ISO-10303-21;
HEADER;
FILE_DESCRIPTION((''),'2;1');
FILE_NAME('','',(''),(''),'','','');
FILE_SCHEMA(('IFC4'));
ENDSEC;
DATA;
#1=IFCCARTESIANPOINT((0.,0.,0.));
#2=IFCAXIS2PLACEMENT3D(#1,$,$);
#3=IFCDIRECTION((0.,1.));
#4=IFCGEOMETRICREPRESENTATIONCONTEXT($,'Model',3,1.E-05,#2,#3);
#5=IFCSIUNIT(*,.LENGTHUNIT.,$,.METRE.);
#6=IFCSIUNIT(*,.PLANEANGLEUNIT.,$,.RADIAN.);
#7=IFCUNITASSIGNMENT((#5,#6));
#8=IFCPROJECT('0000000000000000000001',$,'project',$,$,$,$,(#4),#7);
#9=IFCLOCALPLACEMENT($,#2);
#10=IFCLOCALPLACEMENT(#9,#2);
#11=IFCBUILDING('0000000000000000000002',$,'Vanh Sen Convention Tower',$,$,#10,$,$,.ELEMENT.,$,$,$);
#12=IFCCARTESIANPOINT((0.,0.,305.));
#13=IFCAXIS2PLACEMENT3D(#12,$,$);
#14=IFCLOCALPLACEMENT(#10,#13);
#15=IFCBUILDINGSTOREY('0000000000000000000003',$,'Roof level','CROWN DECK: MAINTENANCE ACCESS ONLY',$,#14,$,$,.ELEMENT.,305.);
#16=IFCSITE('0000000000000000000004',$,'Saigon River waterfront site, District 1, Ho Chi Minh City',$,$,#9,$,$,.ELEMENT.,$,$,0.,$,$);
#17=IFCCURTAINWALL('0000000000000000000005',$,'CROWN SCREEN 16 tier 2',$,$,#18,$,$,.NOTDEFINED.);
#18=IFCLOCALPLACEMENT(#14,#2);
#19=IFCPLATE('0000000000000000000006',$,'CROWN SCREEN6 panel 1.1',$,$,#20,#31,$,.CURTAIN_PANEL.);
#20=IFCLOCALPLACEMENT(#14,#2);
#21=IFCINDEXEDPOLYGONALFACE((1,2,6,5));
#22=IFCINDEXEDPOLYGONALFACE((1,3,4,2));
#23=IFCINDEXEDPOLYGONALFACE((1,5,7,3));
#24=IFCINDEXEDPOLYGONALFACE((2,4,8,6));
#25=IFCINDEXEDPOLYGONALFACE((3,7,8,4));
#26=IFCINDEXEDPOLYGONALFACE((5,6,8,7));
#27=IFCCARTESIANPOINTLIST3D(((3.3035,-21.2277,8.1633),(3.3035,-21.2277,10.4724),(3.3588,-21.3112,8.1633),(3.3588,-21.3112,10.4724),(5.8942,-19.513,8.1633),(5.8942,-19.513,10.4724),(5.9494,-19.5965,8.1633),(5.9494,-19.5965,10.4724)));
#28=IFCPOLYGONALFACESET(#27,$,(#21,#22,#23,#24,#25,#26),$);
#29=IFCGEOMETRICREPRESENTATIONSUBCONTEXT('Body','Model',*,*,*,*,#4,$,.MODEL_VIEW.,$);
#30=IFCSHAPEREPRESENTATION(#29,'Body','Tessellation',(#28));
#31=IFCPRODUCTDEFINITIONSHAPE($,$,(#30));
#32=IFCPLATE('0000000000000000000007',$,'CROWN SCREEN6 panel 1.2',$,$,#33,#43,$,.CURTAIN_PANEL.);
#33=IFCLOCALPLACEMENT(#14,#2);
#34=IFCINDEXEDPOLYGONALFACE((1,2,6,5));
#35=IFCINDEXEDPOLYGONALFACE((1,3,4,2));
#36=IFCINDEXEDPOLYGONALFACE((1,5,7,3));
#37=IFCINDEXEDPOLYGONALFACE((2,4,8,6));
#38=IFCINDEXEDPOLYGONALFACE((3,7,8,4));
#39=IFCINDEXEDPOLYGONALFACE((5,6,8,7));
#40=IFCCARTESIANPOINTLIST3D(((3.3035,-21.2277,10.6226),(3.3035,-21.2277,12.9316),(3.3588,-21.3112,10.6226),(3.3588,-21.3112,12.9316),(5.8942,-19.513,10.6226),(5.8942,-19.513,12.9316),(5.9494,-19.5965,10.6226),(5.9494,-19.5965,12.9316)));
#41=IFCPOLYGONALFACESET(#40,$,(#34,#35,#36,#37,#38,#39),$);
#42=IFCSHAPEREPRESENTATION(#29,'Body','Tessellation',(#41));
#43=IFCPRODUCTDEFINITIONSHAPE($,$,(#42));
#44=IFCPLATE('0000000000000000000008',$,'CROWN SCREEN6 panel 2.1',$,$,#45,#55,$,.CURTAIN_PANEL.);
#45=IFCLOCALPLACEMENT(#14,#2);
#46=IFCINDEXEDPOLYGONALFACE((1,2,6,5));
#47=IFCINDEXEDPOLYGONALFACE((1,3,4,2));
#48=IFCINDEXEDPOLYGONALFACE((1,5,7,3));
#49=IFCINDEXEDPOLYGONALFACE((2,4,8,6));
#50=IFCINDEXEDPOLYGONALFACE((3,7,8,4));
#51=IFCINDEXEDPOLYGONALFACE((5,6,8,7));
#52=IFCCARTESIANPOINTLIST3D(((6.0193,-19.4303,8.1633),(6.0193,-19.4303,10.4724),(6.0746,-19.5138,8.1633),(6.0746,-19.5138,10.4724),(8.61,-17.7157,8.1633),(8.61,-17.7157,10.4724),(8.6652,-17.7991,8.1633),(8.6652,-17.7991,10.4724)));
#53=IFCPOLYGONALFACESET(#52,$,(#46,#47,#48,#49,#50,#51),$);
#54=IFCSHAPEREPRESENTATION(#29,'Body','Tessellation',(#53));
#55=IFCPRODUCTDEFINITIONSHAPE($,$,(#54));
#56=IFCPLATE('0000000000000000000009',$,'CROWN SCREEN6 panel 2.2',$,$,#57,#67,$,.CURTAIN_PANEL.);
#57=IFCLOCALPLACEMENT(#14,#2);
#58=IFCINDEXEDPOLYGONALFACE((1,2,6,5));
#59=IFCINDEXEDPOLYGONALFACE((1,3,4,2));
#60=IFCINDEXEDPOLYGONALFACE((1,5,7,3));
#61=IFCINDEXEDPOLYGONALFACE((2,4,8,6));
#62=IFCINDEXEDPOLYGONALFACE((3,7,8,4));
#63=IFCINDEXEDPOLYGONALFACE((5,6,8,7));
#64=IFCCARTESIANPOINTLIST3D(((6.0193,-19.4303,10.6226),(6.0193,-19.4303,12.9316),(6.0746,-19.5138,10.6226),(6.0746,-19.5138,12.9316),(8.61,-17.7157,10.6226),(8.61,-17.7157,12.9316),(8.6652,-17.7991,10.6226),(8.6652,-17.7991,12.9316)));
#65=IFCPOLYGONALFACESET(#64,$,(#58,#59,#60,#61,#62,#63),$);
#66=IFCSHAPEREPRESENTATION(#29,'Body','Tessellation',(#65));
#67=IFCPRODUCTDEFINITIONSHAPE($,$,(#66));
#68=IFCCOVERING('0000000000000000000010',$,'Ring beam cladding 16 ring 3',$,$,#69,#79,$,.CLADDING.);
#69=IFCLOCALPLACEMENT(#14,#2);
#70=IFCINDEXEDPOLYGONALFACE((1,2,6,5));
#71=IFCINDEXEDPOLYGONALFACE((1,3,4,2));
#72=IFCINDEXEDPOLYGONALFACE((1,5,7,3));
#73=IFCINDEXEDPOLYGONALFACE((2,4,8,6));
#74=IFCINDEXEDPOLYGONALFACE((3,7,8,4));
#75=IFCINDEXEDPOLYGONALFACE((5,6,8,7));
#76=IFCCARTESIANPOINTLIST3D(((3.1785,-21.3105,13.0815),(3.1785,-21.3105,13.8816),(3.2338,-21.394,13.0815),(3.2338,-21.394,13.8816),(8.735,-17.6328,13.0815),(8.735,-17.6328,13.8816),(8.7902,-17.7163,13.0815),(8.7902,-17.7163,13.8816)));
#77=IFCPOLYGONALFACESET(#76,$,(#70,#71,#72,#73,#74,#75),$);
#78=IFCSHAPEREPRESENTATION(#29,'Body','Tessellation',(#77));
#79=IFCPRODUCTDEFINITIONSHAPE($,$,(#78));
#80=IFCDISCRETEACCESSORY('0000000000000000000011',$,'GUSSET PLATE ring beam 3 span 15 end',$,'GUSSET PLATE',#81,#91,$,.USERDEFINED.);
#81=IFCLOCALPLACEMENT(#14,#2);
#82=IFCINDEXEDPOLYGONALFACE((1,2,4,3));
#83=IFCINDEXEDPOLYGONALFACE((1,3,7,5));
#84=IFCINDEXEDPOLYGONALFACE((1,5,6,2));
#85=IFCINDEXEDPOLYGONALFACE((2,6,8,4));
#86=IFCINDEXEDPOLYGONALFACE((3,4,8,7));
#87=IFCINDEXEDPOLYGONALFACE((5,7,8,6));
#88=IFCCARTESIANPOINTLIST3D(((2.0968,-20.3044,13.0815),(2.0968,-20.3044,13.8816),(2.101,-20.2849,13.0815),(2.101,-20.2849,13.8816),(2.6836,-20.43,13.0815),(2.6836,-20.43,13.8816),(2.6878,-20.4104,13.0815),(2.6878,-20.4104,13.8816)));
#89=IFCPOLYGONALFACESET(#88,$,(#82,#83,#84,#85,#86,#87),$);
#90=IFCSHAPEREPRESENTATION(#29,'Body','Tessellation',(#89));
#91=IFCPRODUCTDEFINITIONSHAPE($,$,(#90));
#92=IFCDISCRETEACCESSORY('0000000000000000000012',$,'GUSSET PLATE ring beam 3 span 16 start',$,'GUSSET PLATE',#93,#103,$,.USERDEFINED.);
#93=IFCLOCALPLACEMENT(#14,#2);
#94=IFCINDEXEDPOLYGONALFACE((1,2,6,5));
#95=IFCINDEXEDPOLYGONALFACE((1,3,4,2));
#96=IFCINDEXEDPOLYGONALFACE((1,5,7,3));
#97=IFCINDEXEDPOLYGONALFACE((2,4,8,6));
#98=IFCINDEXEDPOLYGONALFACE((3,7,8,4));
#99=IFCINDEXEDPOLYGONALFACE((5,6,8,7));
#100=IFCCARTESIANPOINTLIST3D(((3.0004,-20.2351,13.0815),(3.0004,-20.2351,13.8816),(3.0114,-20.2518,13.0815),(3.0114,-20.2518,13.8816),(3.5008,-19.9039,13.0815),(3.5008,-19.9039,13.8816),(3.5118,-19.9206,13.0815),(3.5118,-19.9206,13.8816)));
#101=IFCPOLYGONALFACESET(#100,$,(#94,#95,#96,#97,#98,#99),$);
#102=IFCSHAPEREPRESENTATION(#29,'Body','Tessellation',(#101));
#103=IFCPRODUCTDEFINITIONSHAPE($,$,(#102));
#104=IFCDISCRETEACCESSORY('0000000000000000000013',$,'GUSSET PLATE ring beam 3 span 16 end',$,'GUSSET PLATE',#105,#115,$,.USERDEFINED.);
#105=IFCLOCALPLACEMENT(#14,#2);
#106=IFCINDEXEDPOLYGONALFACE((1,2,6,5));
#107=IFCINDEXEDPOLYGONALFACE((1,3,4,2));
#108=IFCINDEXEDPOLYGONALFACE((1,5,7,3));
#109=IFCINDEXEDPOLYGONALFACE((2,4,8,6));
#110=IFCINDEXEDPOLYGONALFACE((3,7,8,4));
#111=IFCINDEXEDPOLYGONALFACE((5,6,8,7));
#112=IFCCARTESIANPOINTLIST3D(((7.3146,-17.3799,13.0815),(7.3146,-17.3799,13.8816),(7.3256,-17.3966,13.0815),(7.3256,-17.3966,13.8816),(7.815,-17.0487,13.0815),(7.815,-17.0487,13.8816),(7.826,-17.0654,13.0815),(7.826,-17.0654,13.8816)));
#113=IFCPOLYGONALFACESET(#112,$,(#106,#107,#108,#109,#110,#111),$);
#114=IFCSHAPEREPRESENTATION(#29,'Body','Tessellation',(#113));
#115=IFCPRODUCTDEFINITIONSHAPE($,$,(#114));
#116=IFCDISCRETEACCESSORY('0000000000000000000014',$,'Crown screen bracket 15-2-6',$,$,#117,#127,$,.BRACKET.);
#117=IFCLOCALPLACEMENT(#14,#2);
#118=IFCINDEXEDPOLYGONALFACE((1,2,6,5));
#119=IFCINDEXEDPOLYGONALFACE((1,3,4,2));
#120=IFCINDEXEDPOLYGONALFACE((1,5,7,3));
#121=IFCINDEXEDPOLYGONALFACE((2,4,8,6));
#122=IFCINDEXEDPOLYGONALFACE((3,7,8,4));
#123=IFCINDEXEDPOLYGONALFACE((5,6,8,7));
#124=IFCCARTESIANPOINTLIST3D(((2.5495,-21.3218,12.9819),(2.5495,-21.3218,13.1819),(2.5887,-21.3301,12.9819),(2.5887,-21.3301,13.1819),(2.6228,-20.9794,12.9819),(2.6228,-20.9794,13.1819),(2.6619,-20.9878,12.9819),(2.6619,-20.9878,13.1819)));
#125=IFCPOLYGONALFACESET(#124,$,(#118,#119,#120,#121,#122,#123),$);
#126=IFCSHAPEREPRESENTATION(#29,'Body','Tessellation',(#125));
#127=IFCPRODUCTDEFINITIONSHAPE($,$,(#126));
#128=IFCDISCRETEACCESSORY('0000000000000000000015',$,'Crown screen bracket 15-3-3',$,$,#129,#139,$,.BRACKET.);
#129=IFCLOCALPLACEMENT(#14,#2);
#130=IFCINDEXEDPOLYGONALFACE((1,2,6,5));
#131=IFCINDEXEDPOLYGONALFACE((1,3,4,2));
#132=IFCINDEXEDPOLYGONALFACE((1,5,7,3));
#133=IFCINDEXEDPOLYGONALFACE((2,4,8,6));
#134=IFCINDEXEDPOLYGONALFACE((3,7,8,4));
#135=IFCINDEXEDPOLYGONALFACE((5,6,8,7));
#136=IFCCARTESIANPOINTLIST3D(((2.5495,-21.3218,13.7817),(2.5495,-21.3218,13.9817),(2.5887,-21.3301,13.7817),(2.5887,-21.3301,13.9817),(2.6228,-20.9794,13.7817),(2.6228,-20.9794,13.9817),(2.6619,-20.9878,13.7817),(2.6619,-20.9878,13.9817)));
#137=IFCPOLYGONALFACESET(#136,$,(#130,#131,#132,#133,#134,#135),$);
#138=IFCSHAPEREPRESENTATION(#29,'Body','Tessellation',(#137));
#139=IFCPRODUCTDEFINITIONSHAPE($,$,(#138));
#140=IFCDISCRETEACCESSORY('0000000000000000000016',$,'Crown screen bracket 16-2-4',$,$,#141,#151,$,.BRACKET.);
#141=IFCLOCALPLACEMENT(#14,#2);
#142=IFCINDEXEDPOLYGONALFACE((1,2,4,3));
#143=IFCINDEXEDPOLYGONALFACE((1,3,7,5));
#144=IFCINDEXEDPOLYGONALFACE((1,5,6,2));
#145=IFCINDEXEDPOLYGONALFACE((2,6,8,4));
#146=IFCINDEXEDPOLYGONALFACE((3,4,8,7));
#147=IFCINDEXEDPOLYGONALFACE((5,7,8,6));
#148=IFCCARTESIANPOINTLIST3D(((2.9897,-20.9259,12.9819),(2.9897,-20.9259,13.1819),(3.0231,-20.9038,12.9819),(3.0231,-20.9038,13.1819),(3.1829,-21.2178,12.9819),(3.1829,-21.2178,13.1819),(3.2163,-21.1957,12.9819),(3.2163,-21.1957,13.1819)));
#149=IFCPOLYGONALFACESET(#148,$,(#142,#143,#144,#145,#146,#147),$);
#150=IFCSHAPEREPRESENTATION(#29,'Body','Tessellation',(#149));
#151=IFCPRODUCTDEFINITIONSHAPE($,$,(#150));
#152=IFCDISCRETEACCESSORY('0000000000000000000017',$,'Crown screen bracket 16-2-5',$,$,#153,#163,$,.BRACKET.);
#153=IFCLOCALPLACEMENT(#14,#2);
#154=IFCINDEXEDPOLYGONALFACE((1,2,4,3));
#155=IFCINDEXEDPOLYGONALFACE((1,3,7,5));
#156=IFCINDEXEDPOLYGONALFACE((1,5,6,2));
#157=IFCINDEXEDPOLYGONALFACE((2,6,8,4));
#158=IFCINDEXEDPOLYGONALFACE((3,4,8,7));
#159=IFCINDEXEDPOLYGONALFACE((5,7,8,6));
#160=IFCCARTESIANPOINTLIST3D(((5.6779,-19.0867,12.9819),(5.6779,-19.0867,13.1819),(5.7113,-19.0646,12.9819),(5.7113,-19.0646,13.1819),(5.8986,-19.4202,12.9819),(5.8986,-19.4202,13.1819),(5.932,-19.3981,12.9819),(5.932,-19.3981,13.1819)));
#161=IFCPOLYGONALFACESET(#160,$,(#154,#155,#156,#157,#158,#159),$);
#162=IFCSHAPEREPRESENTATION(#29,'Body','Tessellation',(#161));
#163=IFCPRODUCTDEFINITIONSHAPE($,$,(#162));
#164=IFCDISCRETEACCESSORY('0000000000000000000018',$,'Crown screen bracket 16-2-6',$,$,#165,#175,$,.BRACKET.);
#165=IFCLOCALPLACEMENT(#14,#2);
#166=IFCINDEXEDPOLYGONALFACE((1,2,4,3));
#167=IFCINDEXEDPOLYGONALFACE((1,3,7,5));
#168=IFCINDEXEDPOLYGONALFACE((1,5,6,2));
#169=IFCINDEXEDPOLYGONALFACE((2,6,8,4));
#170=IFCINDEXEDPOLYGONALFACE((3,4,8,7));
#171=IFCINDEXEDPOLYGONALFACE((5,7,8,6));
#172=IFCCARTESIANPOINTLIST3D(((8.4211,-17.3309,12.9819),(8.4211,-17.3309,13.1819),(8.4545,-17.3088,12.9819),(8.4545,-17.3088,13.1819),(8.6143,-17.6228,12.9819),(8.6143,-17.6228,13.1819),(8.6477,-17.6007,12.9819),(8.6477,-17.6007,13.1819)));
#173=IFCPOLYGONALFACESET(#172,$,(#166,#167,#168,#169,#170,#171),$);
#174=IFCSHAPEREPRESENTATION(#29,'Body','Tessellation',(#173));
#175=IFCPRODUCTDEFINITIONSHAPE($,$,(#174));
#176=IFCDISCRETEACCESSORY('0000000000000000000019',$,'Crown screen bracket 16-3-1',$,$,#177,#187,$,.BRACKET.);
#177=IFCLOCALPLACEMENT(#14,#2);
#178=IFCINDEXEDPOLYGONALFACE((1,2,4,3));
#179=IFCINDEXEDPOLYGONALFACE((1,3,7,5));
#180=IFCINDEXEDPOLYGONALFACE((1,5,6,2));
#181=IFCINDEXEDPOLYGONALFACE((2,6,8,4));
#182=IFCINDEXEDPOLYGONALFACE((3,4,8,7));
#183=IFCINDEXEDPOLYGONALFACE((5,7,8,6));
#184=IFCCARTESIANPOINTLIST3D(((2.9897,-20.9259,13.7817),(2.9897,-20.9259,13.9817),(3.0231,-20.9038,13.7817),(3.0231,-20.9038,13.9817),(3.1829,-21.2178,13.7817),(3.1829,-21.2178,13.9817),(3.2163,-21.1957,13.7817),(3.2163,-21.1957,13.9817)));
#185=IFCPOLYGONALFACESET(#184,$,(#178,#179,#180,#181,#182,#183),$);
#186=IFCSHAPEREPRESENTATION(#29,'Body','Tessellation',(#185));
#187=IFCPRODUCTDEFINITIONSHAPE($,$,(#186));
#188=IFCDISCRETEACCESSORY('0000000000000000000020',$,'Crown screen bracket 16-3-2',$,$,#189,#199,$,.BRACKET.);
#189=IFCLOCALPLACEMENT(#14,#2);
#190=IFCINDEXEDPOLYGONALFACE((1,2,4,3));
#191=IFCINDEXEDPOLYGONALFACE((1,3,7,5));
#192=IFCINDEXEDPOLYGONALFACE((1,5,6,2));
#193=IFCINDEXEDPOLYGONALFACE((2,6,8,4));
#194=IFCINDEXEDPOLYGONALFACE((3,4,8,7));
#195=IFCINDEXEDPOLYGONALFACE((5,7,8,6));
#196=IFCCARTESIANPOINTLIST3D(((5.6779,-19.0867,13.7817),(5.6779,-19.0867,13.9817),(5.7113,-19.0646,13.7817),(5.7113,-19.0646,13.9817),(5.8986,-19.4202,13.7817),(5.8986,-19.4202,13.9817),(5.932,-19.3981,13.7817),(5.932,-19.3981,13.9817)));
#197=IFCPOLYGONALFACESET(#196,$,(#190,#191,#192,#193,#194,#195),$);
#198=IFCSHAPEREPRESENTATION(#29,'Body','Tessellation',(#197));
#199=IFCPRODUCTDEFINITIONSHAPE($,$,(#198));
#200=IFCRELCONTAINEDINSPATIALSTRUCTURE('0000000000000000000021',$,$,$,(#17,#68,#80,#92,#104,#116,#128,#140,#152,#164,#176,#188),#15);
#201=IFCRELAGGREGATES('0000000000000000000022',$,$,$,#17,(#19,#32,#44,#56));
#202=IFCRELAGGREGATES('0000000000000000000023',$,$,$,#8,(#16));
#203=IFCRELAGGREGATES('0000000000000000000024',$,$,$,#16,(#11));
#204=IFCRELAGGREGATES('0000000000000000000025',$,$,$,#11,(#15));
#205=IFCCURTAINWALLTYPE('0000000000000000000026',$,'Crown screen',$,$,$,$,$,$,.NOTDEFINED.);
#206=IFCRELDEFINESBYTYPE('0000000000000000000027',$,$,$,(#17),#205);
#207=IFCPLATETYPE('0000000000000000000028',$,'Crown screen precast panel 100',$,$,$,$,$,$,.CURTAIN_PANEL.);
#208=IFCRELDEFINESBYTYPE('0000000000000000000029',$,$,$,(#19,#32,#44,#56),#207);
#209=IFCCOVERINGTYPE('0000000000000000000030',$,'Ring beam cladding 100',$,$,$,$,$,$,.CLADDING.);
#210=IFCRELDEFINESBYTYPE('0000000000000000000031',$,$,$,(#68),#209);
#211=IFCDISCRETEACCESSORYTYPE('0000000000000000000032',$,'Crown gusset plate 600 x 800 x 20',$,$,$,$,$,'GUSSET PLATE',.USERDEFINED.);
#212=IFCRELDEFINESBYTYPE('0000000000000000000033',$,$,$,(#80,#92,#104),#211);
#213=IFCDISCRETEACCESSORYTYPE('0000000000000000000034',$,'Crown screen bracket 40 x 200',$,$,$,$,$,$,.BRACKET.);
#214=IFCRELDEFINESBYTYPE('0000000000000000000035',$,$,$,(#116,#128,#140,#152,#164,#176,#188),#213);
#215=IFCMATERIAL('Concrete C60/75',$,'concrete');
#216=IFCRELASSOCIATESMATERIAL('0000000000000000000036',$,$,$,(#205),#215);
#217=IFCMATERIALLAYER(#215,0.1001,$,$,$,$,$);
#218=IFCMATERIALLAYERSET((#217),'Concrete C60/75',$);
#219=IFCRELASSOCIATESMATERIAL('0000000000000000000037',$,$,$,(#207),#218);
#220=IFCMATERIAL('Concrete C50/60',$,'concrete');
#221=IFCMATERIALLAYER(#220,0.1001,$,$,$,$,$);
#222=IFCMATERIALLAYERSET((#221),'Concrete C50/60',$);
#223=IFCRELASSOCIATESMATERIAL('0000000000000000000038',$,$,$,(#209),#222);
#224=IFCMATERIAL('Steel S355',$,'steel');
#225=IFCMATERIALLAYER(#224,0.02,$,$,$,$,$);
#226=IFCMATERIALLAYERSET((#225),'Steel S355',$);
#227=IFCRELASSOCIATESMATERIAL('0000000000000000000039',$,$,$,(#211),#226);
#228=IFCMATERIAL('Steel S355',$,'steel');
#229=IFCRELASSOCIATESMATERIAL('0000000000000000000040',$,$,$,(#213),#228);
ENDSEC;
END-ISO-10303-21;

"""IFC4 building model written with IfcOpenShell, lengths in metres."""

from ifc_helpers import new_model, si_unit, direction, frame, origin, origin_2d, place, context, subcontext, project, spatial, rectangle, extrude, material, layer, layer_set, type_object, element, aggregate, save


model = new_model("IFC4")

# Units and contexts
model_context = context("Model", 3, precision=1e-05, world=origin(), true_north=direction((0.0, 1.0)))
body_context = subcontext(model_context, "Body", "Model", "MODEL_VIEW")
ifc_project = project(units=[si_unit("LENGTHUNIT", "METRE"), si_unit("PLANEANGLEUNIT", "RADIAN")], contexts=[model_context])

# Site, building, storey
site_placement = place(None, origin())
site = spatial("IfcSite", under=ifc_project, at=site_placement, Name="Saigon River waterfront site, District 1, Ho Chi Minh City", CompositionType="ELEMENT", RefElevation=0.0)
building_placement = place(site_placement, origin())
building = spatial("IfcBuilding", under=site, at=building_placement, Name="Vanh Sen Convention Tower", CompositionType="ELEMENT")
storey_placement = place(building_placement, frame((0.0, 0.0, 305.0)))
storey = spatial("IfcBuildingStorey", under=building, at=storey_placement, Name="Roof level", Description="CROWN DECK: MAINTENANCE ACCESS ONLY", CompositionType="ELEMENT", Elevation=305.0)

# Shared definitions
ifc_material_1 = material(Name="Concrete C60/75", Category="concrete")
curtain_wall_type = type_object("IfcCurtainWallType", Name="Crown screen", PredefinedType="NOTDEFINED", material=ifc_material_1)

# Curtain wall, plates
curtain_wall_1_placement = place(storey_placement, origin())
curtain_wall_1 = element("IfcCurtainWall", 1, at=curtain_wall_1_placement, inside=storey, type_object=curtain_wall_type, Name="CROWN SCREEN 16 tier 2", PredefinedType="NOTDEFINED")
ifc_layer_1 = layer(ifc_material_1, 0.1001)
ifc_layer_set_1 = layer_set([ifc_layer_1], Name="Concrete C60/75")
plate_type = type_object("IfcPlateType", Name="Crown screen precast panel 100", PredefinedType="CURTAIN_PANEL", material=ifc_layer_set_1)
plate_1_placement = place(storey_placement, frame((4.6265, -20.4121, 8.1633), z_axis=(0.0, 0.0, 1.0), x_axis=(0.83389, 0.55193, 0.0)))
plate_1 = element("IfcPlate", 2, at=plate_1_placement, type_object=plate_type, Name="CROWN SCREEN6 panel 1.1", PredefinedType="CURTAIN_PANEL", context=body_context, shape_type="SweptSolid", body=[
    extrude(rectangle(XDim=3.1067, YDim=0.1001, at=origin_2d()), origin(), (0.0, 0.0, 1.0), 2.3091),
])
plate_2_placement = place(storey_placement, frame((4.6265, -20.4121, 10.6226), z_axis=(0.0, 0.0, 1.0), x_axis=(0.83389, 0.55193, 0.0)))
plate_2 = element("IfcPlate", 3, at=plate_2_placement, type_object=plate_type, Name="CROWN SCREEN6 panel 1.2", PredefinedType="CURTAIN_PANEL", context=body_context, shape_type="SweptSolid", body=[
    extrude(rectangle(XDim=3.1067, YDim=0.1001, at=origin_2d()), origin(), (0.0, 0.0, 1.0), 2.3091),
])
plate_3_placement = place(storey_placement, frame((7.3423, -18.6147, 8.1633), z_axis=(0.0, 0.0, 1.0), x_axis=(0.83389, 0.55193, 0.0)))
plate_3 = element("IfcPlate", 4, at=plate_3_placement, type_object=plate_type, Name="CROWN SCREEN6 panel 2.1", PredefinedType="CURTAIN_PANEL", context=body_context, shape_type="SweptSolid", body=[
    extrude(rectangle(XDim=3.1067, YDim=0.1001, at=origin_2d()), origin(), (0.0, 0.0, 1.0), 2.3091),
])
plate_4_placement = place(storey_placement, frame((7.3423, -18.6147, 10.6226), z_axis=(0.0, 0.0, 1.0), x_axis=(0.83389, 0.55193, 0.0)))
plate_4 = element("IfcPlate", 5, at=plate_4_placement, type_object=plate_type, Name="CROWN SCREEN6 panel 2.2", PredefinedType="CURTAIN_PANEL", context=body_context, shape_type="SweptSolid", body=[
    extrude(rectangle(XDim=3.1067, YDim=0.1001, at=origin_2d()), origin(), (0.0, 0.0, 1.0), 2.3091),
])
aggregate(curtain_wall_1, [plate_1, plate_2, plate_3, plate_4])

# Covering
ifc_material_2 = material(Name="Concrete C50/60", Category="concrete")
ifc_layer_2 = layer(ifc_material_2, 0.1001)
ifc_layer_set_2 = layer_set([ifc_layer_2], Name="Concrete C50/60")
covering_type = type_object("IfcCoveringType", Name="Ring beam cladding 100", PredefinedType="CLADDING", material=ifc_layer_set_2)
covering_placement = place(storey_placement, frame((5.9844, -19.5134, 13.0815), z_axis=(0.0, 0.0, 1.0), x_axis=(0.833891, 0.55193, 0.0)))
element("IfcCovering", 6, at=covering_placement, inside=storey, type_object=covering_type, Name="Ring beam cladding 16 ring 3", PredefinedType="CLADDING", context=body_context, shape_type="SweptSolid", body=[
    extrude(rectangle(XDim=6.6633, YDim=0.1001, at=origin_2d()), origin(), (0.0, 0.0, 1.0), 0.8),
])

# Discrete accessories
ifc_material_3 = material(Name="Steel S355", Category="steel")
ifc_layer_3 = layer(ifc_material_3, 0.02)
ifc_layer_set_3 = layer_set([ifc_layer_3], Name="Steel S355")
discrete_accessory_type_1 = type_object("IfcDiscreteAccessoryType", Name="Crown gusset plate 600 x 800 x 20", ElementType="GUSSET PLATE", PredefinedType="USERDEFINED", material=ifc_layer_set_3)
for number, where, z_axis, x_axis, name in (
    (7, (2.3923, -20.3574, 13.0815), (0.0, 0.0, 1.0), (-0.977865, 0.209236, 0.0), "GUSSET PLATE ring beam 3 span 15 end"),
    (8, (3.2561, -20.0779, 13.0815), (0.0, 0.0, 1.0), (0.833891, 0.55193, 0.0), "GUSSET PLATE ring beam 3 span 16 start"),
    (9, (7.5703, -17.2227, 13.0815), (0.0, 0.0, 1.0), (-0.833891, -0.55193, 0.0), "GUSSET PLATE ring beam 3 span 16 end"),
):
    element("IfcDiscreteAccessory", number, at=place(storey_placement, frame(where, z_axis=z_axis, x_axis=x_axis)), inside=storey, type_object=discrete_accessory_type_1, Name=name, ObjectType="GUSSET PLATE", PredefinedType="USERDEFINED", context=body_context, shape_type="SweptSolid", body=[
        extrude(rectangle(XDim=0.6001, YDim=0.02, at=origin_2d()), origin(), (0.0, 0.0, 1.0), 0.8),
    ])
ifc_material_4 = material(Name="Steel S355", Category="steel")
discrete_accessory_type_2 = type_object("IfcDiscreteAccessoryType", Name="Crown screen bracket 40 x 200", PredefinedType="BRACKET", material=ifc_material_4)
for number, where, z_axis, x_axis, name in (
    (10, (2.6057, -21.1548, 12.9819), (0.0, 0.0, 1.0), (-0.209236, -0.977865, 0.0), "Crown screen bracket 15-2-6"),
    (11, (2.6057, -21.1548, 13.7817), (0.0, 0.0, 1.0), (-0.209236, -0.977865, 0.0), "Crown screen bracket 15-3-3"),
    (12, (3.103, -21.0608, 12.9819), (0.0, 0.0, 1.0), (0.55193, -0.833891, 0.0), "Crown screen bracket 16-2-4"),
):
    element("IfcDiscreteAccessory", number, at=place(storey_placement, frame(where, z_axis=z_axis, x_axis=x_axis)), inside=storey, type_object=discrete_accessory_type_2, Name=name, PredefinedType="BRACKET", context=body_context, shape_type="SweptSolid", body=[
        extrude(rectangle(XDim=0.3501, YDim=0.04, at=origin_2d()), origin(), (0.0, 0.0, 1.0), 0.2),
    ])
discrete_accessory_1_placement = place(storey_placement, frame((5.8049, -19.2424, 12.9819), z_axis=(0.0, 0.0, 1.0), x_axis=(0.55193, -0.833891, 0.0)))
element("IfcDiscreteAccessory", 13, at=discrete_accessory_1_placement, inside=storey, type_object=discrete_accessory_type_2, Name="Crown screen bracket 16-2-5", PredefinedType="BRACKET", context=body_context, shape_type="SweptSolid", body=[
    extrude(rectangle(XDim=0.3999, YDim=0.04, at=origin_2d()), origin(), (0.0, 0.0, 1.0), 0.2),
])
for number, where, z_axis, x_axis, name in (
    (14, (8.5344, -17.4658, 12.9819), (0.0, 0.0, 1.0), (0.55193, -0.833891, 0.0), "Crown screen bracket 16-2-6"),
    (15, (3.103, -21.0608, 13.7817), (0.0, 0.0, 1.0), (0.55193, -0.833891, 0.0), "Crown screen bracket 16-3-1"),
):
    element("IfcDiscreteAccessory", number, at=place(storey_placement, frame(where, z_axis=z_axis, x_axis=x_axis)), inside=storey, type_object=discrete_accessory_type_2, Name=name, PredefinedType="BRACKET", context=body_context, shape_type="SweptSolid", body=[
        extrude(rectangle(XDim=0.3501, YDim=0.04, at=origin_2d()), origin(), (0.0, 0.0, 1.0), 0.2),
    ])
discrete_accessory_2_placement = place(storey_placement, frame((5.8049, -19.2424, 13.7817), z_axis=(0.0, 0.0, 1.0), x_axis=(0.55193, -0.833891, 0.0)))
element("IfcDiscreteAccessory", 16, at=discrete_accessory_2_placement, inside=storey, type_object=discrete_accessory_type_2, Name="Crown screen bracket 16-3-2", PredefinedType="BRACKET", context=body_context, shape_type="SweptSolid", body=[
    extrude(rectangle(XDim=0.3999, YDim=0.04, at=origin_2d()), origin(), (0.0, 0.0, 1.0), 0.2),
])

save(model, "model.ifc")
